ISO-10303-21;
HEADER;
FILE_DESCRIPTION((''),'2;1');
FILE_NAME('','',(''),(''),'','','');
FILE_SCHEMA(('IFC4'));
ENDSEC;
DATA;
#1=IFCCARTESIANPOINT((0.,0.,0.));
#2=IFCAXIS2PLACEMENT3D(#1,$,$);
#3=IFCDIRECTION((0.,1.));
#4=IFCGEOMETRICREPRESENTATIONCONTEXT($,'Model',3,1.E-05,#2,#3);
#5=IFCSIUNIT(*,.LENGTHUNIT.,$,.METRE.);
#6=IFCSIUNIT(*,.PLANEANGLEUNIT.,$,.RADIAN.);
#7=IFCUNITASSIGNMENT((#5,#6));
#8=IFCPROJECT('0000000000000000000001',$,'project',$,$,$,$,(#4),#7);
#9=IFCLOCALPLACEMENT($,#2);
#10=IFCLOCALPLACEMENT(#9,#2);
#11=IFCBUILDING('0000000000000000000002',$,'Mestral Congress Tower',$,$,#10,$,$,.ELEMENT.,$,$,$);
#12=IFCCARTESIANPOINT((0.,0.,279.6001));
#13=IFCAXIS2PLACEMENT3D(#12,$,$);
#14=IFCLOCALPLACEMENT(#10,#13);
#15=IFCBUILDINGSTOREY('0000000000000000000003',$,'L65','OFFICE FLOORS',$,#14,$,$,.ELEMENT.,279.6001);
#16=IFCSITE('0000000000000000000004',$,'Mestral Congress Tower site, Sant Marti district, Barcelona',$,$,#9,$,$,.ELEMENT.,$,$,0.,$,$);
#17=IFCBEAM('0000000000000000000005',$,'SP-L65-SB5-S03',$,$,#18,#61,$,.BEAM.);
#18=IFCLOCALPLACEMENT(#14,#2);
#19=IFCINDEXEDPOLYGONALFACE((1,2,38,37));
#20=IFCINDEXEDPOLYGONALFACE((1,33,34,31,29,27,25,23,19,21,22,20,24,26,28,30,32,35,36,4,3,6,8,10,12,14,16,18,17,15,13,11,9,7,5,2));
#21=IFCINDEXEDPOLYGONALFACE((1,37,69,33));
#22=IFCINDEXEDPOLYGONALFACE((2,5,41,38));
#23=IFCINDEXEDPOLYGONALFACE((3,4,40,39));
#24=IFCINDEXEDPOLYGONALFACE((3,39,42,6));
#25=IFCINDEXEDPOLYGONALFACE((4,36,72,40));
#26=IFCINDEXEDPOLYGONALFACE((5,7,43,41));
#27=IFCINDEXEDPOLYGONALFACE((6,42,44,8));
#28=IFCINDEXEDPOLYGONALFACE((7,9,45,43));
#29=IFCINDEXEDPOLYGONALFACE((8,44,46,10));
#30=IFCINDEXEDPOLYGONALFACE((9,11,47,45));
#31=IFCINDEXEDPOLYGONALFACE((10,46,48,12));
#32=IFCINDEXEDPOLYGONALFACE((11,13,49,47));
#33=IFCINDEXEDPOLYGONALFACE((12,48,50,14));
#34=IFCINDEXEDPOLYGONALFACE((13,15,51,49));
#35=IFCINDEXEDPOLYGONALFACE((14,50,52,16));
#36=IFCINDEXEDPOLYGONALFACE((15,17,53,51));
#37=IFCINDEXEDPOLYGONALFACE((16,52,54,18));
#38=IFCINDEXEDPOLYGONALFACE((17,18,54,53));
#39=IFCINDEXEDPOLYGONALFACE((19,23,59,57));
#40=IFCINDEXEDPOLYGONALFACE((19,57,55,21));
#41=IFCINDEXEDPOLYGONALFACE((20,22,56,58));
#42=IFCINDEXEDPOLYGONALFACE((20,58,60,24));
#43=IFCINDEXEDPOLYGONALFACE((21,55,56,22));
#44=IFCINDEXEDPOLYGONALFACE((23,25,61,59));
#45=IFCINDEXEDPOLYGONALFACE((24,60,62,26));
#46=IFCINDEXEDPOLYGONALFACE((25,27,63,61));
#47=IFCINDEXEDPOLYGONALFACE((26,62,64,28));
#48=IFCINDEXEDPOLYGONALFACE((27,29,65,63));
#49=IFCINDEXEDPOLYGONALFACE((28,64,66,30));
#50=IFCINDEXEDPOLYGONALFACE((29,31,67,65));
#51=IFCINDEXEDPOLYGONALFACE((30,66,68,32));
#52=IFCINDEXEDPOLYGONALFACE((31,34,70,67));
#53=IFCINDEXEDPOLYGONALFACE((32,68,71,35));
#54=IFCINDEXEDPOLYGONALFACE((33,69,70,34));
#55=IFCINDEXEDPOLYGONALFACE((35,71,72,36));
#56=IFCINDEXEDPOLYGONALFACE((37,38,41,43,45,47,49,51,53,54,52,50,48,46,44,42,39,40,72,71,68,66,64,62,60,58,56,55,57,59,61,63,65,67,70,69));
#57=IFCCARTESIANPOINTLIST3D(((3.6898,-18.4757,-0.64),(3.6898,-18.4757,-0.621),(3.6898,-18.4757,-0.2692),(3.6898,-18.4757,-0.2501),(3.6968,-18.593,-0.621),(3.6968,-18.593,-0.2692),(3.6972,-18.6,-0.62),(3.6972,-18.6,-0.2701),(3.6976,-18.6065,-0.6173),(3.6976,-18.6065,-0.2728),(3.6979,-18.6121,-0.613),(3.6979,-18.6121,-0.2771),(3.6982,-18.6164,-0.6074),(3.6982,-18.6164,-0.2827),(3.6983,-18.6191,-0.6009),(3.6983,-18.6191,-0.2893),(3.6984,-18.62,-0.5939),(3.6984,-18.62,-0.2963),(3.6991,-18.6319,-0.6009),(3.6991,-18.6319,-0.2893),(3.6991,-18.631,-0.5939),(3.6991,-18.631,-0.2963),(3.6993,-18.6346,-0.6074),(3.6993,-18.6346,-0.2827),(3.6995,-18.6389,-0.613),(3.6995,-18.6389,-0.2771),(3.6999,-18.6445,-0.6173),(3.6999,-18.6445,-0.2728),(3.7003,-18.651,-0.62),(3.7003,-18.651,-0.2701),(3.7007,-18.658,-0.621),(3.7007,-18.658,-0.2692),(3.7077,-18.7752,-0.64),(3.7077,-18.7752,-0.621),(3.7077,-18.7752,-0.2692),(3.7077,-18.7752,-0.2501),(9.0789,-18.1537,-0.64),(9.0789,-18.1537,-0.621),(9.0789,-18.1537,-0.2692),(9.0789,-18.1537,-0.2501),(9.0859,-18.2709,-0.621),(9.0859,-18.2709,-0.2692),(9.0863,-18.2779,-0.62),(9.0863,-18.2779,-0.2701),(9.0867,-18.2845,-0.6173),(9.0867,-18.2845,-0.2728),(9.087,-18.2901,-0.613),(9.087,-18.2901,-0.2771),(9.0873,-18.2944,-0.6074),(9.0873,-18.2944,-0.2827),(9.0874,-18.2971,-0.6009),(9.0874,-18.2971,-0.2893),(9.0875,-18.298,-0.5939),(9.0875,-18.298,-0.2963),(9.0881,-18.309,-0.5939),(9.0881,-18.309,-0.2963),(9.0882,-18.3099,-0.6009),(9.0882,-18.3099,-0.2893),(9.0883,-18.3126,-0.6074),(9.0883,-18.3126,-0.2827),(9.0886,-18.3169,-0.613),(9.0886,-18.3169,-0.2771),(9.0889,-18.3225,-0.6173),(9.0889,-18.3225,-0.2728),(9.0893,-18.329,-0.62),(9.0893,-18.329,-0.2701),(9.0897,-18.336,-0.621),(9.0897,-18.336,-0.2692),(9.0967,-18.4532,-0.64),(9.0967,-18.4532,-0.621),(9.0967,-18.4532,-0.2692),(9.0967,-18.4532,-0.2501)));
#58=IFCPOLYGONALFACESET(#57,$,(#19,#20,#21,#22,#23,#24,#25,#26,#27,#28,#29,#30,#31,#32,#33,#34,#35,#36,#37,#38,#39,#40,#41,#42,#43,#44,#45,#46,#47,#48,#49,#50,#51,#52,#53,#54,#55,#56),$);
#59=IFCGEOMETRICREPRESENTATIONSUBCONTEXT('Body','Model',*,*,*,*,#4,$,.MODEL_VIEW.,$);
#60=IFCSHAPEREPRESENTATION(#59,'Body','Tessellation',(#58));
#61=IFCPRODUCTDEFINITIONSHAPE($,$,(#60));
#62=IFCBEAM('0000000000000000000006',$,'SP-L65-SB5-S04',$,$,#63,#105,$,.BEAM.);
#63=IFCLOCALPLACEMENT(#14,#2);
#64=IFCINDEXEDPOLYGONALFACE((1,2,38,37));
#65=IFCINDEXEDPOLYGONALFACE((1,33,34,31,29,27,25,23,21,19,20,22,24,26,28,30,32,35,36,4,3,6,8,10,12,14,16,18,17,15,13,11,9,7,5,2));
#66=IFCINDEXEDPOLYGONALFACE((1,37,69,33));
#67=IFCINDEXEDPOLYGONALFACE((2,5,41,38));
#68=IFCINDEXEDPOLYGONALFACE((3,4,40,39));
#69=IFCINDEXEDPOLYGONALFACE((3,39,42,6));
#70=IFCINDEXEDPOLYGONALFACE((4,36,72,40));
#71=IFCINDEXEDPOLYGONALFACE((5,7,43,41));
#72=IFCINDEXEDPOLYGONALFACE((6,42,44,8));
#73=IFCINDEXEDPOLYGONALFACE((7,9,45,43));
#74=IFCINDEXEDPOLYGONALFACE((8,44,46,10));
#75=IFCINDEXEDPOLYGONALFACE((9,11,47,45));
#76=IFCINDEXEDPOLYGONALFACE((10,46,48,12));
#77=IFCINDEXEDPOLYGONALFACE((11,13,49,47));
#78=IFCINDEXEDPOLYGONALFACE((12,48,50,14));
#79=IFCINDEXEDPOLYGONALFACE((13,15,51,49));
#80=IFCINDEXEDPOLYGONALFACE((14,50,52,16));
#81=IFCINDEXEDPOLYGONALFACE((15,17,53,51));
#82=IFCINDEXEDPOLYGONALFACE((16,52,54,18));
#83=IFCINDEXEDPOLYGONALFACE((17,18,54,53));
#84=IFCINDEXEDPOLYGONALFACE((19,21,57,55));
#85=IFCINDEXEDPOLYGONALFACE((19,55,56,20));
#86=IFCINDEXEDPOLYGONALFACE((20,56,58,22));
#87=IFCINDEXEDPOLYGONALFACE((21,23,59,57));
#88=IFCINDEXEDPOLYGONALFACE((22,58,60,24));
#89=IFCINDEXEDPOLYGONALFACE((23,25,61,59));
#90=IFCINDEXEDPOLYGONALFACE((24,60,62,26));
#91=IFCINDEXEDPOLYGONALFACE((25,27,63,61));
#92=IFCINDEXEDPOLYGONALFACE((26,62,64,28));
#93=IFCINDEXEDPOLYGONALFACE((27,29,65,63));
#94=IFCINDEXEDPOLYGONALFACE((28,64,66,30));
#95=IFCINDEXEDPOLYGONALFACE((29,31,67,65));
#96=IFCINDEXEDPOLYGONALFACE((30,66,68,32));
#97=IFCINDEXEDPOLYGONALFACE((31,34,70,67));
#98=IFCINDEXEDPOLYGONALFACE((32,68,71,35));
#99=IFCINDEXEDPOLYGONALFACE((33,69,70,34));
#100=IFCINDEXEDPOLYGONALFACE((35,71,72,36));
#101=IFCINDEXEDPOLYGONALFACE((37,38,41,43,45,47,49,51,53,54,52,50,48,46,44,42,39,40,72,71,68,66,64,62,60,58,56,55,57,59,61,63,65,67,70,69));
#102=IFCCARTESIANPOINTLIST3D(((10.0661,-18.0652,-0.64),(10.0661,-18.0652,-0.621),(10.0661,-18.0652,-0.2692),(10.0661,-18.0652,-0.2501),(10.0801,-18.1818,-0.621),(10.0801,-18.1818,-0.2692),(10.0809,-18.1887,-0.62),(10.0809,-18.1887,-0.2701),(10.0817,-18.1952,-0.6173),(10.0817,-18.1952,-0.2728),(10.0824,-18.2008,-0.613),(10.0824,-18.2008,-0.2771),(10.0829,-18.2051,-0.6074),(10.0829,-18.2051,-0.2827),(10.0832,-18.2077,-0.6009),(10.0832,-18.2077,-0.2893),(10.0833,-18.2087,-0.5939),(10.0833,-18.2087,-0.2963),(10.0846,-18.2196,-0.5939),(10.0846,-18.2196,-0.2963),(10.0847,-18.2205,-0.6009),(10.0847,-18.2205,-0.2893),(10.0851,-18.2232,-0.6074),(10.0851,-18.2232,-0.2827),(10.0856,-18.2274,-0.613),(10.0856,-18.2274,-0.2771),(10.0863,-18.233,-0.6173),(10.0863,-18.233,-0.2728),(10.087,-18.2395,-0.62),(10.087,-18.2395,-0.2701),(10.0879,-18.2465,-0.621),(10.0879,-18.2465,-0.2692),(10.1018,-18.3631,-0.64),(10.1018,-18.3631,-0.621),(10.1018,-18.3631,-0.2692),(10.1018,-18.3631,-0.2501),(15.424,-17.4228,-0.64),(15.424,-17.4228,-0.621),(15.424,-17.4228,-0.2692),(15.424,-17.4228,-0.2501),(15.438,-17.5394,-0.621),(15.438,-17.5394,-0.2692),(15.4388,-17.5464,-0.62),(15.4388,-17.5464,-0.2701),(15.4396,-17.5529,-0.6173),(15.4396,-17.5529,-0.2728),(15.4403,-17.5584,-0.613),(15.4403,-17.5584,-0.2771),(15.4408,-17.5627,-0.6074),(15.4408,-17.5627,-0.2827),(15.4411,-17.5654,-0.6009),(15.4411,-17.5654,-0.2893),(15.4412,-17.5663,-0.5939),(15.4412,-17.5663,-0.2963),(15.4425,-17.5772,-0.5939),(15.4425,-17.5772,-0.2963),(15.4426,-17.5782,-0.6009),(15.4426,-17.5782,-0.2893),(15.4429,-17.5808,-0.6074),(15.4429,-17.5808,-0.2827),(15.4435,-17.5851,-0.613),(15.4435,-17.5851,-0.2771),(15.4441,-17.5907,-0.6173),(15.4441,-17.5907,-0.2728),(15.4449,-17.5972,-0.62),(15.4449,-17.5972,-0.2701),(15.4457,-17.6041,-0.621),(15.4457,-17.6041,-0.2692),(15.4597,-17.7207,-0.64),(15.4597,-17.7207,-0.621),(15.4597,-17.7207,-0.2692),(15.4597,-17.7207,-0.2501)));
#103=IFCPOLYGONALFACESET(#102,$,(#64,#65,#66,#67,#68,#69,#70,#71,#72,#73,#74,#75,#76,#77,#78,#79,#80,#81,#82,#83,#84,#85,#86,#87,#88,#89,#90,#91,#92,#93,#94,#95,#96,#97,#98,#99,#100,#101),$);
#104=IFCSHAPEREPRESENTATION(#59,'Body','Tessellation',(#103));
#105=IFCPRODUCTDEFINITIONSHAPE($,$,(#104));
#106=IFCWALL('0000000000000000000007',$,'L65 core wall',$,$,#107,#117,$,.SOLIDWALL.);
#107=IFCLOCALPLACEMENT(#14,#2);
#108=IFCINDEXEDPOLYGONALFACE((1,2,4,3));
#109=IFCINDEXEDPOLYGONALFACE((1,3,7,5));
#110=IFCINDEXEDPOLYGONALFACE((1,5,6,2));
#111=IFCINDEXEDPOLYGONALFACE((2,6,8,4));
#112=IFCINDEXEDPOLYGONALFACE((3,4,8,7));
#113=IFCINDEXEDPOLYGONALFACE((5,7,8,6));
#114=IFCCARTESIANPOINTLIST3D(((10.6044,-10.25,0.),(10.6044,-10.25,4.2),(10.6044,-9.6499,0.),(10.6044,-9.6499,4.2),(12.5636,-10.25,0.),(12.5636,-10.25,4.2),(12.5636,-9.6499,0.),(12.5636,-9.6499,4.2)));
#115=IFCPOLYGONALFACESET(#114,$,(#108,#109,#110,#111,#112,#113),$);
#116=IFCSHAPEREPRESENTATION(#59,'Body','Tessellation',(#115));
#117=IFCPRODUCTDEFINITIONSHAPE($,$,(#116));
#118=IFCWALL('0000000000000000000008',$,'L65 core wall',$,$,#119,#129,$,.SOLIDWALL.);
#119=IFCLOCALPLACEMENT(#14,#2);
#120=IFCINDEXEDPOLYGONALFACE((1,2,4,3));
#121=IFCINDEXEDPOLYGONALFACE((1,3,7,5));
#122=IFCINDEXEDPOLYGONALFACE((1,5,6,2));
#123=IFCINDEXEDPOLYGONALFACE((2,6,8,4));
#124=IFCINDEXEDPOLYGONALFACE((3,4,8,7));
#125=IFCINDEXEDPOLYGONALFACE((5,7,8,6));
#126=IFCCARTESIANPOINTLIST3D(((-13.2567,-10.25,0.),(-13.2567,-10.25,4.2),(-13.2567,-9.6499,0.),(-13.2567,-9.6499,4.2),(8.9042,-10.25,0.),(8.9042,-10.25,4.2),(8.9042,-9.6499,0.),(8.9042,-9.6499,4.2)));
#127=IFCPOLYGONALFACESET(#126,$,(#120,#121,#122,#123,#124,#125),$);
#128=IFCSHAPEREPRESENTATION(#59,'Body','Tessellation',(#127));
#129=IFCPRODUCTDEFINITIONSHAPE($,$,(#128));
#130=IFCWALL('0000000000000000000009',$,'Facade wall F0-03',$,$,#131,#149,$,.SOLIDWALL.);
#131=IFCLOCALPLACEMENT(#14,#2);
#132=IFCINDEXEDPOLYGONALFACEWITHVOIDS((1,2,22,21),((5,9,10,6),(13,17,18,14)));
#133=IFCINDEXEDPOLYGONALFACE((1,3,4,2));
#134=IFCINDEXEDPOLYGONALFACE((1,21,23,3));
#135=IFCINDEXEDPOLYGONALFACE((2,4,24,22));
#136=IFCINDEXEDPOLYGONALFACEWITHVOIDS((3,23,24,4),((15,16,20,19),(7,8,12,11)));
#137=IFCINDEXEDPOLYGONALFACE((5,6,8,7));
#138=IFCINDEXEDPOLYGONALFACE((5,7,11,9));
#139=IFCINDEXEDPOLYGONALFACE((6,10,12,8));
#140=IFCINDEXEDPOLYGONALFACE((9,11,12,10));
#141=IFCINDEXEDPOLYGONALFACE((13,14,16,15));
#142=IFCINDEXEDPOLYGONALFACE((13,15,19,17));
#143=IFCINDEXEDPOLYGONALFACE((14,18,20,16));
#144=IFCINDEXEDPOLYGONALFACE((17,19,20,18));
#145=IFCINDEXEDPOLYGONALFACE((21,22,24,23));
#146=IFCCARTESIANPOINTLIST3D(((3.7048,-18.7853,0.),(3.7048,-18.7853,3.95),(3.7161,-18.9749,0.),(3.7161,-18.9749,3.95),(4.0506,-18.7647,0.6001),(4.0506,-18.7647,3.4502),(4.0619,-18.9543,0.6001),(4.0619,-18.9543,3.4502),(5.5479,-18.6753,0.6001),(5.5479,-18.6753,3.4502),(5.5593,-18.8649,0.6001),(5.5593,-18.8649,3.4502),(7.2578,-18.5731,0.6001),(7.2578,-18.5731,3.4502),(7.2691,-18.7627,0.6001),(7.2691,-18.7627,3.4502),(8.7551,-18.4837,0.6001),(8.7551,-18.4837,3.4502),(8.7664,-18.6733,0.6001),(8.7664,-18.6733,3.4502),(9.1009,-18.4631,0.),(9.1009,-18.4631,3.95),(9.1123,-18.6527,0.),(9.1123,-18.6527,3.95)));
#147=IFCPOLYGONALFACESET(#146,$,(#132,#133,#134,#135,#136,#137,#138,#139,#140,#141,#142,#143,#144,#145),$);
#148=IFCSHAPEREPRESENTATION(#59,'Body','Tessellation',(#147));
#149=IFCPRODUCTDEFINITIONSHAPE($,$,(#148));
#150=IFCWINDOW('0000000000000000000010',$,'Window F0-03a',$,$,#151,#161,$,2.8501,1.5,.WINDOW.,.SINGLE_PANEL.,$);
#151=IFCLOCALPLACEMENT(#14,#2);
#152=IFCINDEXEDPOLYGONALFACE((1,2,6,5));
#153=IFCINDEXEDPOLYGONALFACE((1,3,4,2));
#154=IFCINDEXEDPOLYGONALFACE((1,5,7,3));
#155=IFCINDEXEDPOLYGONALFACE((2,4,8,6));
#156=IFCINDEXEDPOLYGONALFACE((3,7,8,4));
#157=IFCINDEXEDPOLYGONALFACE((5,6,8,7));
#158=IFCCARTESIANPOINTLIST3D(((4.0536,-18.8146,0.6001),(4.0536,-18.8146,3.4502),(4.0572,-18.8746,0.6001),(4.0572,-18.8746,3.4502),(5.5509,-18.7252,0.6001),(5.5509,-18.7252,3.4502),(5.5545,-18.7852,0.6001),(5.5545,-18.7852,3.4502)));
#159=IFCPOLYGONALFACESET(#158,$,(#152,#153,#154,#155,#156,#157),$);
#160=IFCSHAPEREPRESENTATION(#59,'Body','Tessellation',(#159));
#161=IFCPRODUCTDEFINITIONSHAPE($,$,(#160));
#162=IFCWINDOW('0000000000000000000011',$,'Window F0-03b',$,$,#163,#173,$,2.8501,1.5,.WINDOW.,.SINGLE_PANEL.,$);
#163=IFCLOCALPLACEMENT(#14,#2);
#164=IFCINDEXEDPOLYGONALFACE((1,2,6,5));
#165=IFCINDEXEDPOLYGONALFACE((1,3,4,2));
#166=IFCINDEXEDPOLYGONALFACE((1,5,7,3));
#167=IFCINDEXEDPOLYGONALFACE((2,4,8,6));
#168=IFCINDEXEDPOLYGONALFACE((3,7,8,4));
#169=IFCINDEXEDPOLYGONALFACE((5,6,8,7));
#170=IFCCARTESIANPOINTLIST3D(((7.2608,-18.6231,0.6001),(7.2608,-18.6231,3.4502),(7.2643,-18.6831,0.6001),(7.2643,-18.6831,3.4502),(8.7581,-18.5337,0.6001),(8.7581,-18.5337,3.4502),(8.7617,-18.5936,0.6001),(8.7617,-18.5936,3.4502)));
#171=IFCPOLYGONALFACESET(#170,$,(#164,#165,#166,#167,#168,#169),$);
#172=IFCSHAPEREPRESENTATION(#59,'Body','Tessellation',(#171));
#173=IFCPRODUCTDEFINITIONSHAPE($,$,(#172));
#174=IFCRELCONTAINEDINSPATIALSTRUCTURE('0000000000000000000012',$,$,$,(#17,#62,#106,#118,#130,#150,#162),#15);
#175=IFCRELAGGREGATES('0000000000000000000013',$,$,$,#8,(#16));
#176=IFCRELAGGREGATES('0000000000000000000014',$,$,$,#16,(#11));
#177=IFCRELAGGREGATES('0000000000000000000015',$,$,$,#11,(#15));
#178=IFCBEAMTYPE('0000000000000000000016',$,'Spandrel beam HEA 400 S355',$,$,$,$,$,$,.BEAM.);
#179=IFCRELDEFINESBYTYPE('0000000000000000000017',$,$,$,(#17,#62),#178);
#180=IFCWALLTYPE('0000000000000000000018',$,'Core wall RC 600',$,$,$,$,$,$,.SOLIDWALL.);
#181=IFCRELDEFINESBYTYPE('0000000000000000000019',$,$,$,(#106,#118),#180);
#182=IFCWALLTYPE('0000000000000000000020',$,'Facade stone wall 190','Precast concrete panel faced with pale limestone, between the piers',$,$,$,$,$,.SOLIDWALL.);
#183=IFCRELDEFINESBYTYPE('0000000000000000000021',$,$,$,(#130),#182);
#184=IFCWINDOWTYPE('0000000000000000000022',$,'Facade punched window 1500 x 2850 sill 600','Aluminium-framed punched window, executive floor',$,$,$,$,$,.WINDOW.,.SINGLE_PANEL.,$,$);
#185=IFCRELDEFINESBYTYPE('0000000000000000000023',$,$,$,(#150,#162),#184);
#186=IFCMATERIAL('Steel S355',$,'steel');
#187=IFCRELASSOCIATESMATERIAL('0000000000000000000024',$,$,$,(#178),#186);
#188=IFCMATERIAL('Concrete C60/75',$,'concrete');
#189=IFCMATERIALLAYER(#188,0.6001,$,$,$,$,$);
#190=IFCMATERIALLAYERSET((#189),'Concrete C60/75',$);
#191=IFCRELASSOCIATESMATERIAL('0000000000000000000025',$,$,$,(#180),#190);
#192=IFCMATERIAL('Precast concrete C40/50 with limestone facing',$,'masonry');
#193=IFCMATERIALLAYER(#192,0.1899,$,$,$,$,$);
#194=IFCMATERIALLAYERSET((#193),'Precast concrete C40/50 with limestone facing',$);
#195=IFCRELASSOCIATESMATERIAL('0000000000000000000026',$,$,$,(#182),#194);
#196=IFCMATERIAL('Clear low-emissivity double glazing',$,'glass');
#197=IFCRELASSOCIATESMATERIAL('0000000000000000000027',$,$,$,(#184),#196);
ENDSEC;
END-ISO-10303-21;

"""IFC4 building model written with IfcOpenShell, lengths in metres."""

from ifc_helpers import new_model, si_unit, direction, frame, frame_2d, origin, origin_2d, place, context, subcontext, project, spatial, rectangle, i_section, extrude, material, layer, layer_set, material_profile, profile_set, type_object, element, fill, save


model = new_model("IFC4")

# Units and contexts
model_context = context("Model", 3, precision=1e-05, world=origin(), true_north=direction((0.0, 1.0)))
body_context = subcontext(model_context, "Body", "Model", "MODEL_VIEW")
ifc_project = project(units=[si_unit("LENGTHUNIT", "METRE"), si_unit("PLANEANGLEUNIT", "RADIAN")], contexts=[model_context])

# Site, building, storey
site_placement = place(None, origin())
site = spatial("IfcSite", under=ifc_project, at=site_placement, Name="Mestral Congress Tower site, Sant Marti district, Barcelona", CompositionType="ELEMENT", RefElevation=0.0)
building_placement = place(site_placement, origin())
building = spatial("IfcBuilding", under=site, at=building_placement, Name="Mestral Congress Tower", CompositionType="ELEMENT")
storey_placement = place(building_placement, frame((0.0, 0.0, 279.6001)))
storey = spatial("IfcBuildingStorey", under=building, at=storey_placement, Name="L65", Description="OFFICE FLOORS", CompositionType="ELEMENT", Elevation=279.6001)

# Shared definitions
ifc_material_1 = material(Name="Concrete C60/75", Category="concrete")

# Beams
ifc_material_2 = material(Name="Steel S355", Category="steel")
ifc_material_profile_1 = material_profile(ifc_material_2, i_section(OverallWidth=0.3, OverallDepth=0.3899, WebThickness=0.011, FlangeThickness=0.019, FilletRadius=0.0271, at=origin_2d()), Name="HEA 400")
ifc_profile_set_1 = profile_set([ifc_material_profile_1], Name="Steel S355")
beam_type_1 = type_object("IfcBeamType", Name="Spandrel beam HEA 400 S355", PredefinedType="BEAM", material=ifc_profile_set_1)
beam_1_placement = place(storey_placement, frame((3.6987, -18.6255, -0.4451), z_axis=(0.99822, 0.059647, 0.0), x_axis=(-0.059647, 0.99822, 0.0)))
element("IfcBeam", 1, at=beam_1_placement, inside=storey, type_object=beam_type_1, Name="SP-L65-SB5-S03", PredefinedType="BEAM", context=body_context, shape_type="SweptSolid", body=[
    extrude(i_section(OverallWidth=0.3, OverallDepth=0.3899, WebThickness=0.011, FlangeThickness=0.019, FilletRadius=0.0271, at=origin_2d()), origin(), (0.0, 0.0, 1.0), 5.3987),
])
beam_2_placement = place(storey_placement, frame((10.084, -18.2141, -0.4451), z_axis=(0.99289, 0.119033, 0.0), x_axis=(-0.119033, 0.99289, 0.0)))
element("IfcBeam", 2, at=beam_2_placement, inside=storey, type_object=beam_type_1, Name="SP-L65-SB5-S04", PredefinedType="BEAM", context=body_context, shape_type="SweptSolid", body=[
    extrude(i_section(OverallWidth=0.3, OverallDepth=0.3899, WebThickness=0.011, FlangeThickness=0.019, FilletRadius=0.0271, at=origin_2d()), origin(), (0.0, 0.0, 1.0), 5.3962),
])

# Walls
ifc_layer_1 = layer(ifc_material_1, 0.6001)
ifc_layer_set_1 = layer_set([ifc_layer_1], Name="Concrete C60/75")
wall_type_1 = type_object("IfcWallType", Name="Core wall RC 600", PredefinedType="SOLIDWALL", material=ifc_layer_set_1)
wall_1_placement = place(storey_placement, frame((10.6045, -9.95, 0.0), z_axis=(0.0, 0.0, 1.0), x_axis=(1.0, 0.0, 0.0)))
element("IfcWall", 3, at=wall_1_placement, inside=storey, type_object=wall_type_1, Name="L65 core wall", PredefinedType="SOLIDWALL", context=body_context, shape_type="SweptSolid", body=[
    extrude(rectangle(XDim=1.9592, YDim=0.6001, at=frame_2d((0.9795, 0.0))), origin(), (0.0, 0.0, 1.0), 4.2),
])
wall_2_placement = place(storey_placement, frame((8.9043, -9.95, 0.0), z_axis=(0.0, 0.0, 1.0), x_axis=(-1.0, 0.0, 0.0)))
element("IfcWall", 4, at=wall_2_placement, inside=storey, type_object=wall_type_1, Name="L65 core wall", PredefinedType="SOLIDWALL", context=body_context, shape_type="SweptSolid", body=[
    extrude(rectangle(XDim=22.1609, YDim=0.6001, at=frame_2d((11.0806, 0.0))), origin(), (0.0, 0.0, 1.0), 4.2),
])

# Wall, openings, windows
ifc_material_3 = material(Name="Precast concrete C40/50 with limestone facing", Category="masonry")
ifc_layer_2 = layer(ifc_material_3, 0.1899)
ifc_layer_set_2 = layer_set([ifc_layer_2], Name="Precast concrete C40/50 with limestone facing")
wall_type_2 = type_object("IfcWallType", Name="Facade stone wall 190", Description="Precast concrete panel faced with pale limestone, between the piers", PredefinedType="SOLIDWALL", material=ifc_layer_set_2)
wall_3_placement = place(storey_placement, frame((3.7104, -18.8801, 0.0), z_axis=(0.0, 0.0, 1.0), x_axis=(0.998221, 0.059614, 0.0)))
wall_3 = element("IfcWall", 5, at=wall_3_placement, inside=storey, type_object=wall_type_2, Name="Facade wall F0-03", PredefinedType="SOLIDWALL", context=body_context, shape_type="SweptSolid", body=[
    extrude(rectangle(XDim=5.4058, YDim=0.1899, at=frame_2d((2.7029, 0.0))), origin(), (0.0, 0.0, 1.0), 3.95),
])
opening_1_placement = place(wall_3_placement, frame((0.3464, 0.0, 0.6001)))
opening_1 = element("IfcOpeningElement", 6, at=opening_1_placement, cuts=wall_3, PredefinedType="OPENING", context=body_context, shape_type="SweptSolid", body=[
    extrude(rectangle(XDim=1.5, YDim=2.8501, at=frame_2d((0.75, 1.425))), frame((0.0, 0.105, 0.0), z_axis=(0.0, -1.0, 0.0), x_axis=(1.0, 0.0, 0.0)), (0.0, 0.0, 1.0), 0.21),
])
opening_2_placement = place(wall_3_placement, frame((3.5593, 0.0, 0.6001)))
opening_2 = element("IfcOpeningElement", 7, at=opening_2_placement, cuts=wall_3, PredefinedType="OPENING", context=body_context, shape_type="SweptSolid", body=[
    extrude(rectangle(XDim=1.5, YDim=2.8501, at=frame_2d((0.75, 1.425))), frame((0.0, 0.105, 0.0), z_axis=(0.0, -1.0, 0.0), x_axis=(1.0, 0.0, 0.0)), (0.0, 0.0, 1.0), 0.21),
])
ifc_material_4 = material(Name="Clear low-emissivity double glazing", Category="glass")
window_type = type_object("IfcWindowType", Name="Facade punched window 1500 x 2850 sill 600", Description="Aluminium-framed punched window, executive floor", PartitioningType="SINGLE_PANEL", PredefinedType="WINDOW", material=ifc_material_4)
window_1_placement = place(opening_1_placement, origin())
window_1 = element("IfcWindow", 8, at=window_1_placement, inside=storey, type_object=window_type, Name="Window F0-03a", OverallHeight=2.8501, OverallWidth=1.5, PartitioningType="SINGLE_PANEL", PredefinedType="WINDOW", context=body_context, shape_type="SweptSolid", body=[
    extrude(rectangle(XDim=1.5, YDim=2.8501, at=frame_2d((0.75, 1.425))), frame((0.0, 0.0449, 0.0), z_axis=(0.0, -1.0, 0.0), x_axis=(1.0, 0.0, 0.0)), (0.0, 0.0, 1.0), 0.0601),
])
fill(opening_1, window_1)
window_2_placement = place(opening_2_placement, origin())
window_2 = element("IfcWindow", 9, at=window_2_placement, inside=storey, type_object=window_type, Name="Window F0-03b", OverallHeight=2.8501, OverallWidth=1.5, PartitioningType="SINGLE_PANEL", PredefinedType="WINDOW", context=body_context, shape_type="SweptSolid", body=[
    extrude(rectangle(XDim=1.5, YDim=2.8501, at=frame_2d((0.75, 1.425))), frame((0.0, 0.0449, 0.0), z_axis=(0.0, -1.0, 0.0), x_axis=(1.0, 0.0, 0.0)), (0.0, 0.0, 1.0), 0.0601),
])
fill(opening_2, window_2)

save(model, "model.ifc")
